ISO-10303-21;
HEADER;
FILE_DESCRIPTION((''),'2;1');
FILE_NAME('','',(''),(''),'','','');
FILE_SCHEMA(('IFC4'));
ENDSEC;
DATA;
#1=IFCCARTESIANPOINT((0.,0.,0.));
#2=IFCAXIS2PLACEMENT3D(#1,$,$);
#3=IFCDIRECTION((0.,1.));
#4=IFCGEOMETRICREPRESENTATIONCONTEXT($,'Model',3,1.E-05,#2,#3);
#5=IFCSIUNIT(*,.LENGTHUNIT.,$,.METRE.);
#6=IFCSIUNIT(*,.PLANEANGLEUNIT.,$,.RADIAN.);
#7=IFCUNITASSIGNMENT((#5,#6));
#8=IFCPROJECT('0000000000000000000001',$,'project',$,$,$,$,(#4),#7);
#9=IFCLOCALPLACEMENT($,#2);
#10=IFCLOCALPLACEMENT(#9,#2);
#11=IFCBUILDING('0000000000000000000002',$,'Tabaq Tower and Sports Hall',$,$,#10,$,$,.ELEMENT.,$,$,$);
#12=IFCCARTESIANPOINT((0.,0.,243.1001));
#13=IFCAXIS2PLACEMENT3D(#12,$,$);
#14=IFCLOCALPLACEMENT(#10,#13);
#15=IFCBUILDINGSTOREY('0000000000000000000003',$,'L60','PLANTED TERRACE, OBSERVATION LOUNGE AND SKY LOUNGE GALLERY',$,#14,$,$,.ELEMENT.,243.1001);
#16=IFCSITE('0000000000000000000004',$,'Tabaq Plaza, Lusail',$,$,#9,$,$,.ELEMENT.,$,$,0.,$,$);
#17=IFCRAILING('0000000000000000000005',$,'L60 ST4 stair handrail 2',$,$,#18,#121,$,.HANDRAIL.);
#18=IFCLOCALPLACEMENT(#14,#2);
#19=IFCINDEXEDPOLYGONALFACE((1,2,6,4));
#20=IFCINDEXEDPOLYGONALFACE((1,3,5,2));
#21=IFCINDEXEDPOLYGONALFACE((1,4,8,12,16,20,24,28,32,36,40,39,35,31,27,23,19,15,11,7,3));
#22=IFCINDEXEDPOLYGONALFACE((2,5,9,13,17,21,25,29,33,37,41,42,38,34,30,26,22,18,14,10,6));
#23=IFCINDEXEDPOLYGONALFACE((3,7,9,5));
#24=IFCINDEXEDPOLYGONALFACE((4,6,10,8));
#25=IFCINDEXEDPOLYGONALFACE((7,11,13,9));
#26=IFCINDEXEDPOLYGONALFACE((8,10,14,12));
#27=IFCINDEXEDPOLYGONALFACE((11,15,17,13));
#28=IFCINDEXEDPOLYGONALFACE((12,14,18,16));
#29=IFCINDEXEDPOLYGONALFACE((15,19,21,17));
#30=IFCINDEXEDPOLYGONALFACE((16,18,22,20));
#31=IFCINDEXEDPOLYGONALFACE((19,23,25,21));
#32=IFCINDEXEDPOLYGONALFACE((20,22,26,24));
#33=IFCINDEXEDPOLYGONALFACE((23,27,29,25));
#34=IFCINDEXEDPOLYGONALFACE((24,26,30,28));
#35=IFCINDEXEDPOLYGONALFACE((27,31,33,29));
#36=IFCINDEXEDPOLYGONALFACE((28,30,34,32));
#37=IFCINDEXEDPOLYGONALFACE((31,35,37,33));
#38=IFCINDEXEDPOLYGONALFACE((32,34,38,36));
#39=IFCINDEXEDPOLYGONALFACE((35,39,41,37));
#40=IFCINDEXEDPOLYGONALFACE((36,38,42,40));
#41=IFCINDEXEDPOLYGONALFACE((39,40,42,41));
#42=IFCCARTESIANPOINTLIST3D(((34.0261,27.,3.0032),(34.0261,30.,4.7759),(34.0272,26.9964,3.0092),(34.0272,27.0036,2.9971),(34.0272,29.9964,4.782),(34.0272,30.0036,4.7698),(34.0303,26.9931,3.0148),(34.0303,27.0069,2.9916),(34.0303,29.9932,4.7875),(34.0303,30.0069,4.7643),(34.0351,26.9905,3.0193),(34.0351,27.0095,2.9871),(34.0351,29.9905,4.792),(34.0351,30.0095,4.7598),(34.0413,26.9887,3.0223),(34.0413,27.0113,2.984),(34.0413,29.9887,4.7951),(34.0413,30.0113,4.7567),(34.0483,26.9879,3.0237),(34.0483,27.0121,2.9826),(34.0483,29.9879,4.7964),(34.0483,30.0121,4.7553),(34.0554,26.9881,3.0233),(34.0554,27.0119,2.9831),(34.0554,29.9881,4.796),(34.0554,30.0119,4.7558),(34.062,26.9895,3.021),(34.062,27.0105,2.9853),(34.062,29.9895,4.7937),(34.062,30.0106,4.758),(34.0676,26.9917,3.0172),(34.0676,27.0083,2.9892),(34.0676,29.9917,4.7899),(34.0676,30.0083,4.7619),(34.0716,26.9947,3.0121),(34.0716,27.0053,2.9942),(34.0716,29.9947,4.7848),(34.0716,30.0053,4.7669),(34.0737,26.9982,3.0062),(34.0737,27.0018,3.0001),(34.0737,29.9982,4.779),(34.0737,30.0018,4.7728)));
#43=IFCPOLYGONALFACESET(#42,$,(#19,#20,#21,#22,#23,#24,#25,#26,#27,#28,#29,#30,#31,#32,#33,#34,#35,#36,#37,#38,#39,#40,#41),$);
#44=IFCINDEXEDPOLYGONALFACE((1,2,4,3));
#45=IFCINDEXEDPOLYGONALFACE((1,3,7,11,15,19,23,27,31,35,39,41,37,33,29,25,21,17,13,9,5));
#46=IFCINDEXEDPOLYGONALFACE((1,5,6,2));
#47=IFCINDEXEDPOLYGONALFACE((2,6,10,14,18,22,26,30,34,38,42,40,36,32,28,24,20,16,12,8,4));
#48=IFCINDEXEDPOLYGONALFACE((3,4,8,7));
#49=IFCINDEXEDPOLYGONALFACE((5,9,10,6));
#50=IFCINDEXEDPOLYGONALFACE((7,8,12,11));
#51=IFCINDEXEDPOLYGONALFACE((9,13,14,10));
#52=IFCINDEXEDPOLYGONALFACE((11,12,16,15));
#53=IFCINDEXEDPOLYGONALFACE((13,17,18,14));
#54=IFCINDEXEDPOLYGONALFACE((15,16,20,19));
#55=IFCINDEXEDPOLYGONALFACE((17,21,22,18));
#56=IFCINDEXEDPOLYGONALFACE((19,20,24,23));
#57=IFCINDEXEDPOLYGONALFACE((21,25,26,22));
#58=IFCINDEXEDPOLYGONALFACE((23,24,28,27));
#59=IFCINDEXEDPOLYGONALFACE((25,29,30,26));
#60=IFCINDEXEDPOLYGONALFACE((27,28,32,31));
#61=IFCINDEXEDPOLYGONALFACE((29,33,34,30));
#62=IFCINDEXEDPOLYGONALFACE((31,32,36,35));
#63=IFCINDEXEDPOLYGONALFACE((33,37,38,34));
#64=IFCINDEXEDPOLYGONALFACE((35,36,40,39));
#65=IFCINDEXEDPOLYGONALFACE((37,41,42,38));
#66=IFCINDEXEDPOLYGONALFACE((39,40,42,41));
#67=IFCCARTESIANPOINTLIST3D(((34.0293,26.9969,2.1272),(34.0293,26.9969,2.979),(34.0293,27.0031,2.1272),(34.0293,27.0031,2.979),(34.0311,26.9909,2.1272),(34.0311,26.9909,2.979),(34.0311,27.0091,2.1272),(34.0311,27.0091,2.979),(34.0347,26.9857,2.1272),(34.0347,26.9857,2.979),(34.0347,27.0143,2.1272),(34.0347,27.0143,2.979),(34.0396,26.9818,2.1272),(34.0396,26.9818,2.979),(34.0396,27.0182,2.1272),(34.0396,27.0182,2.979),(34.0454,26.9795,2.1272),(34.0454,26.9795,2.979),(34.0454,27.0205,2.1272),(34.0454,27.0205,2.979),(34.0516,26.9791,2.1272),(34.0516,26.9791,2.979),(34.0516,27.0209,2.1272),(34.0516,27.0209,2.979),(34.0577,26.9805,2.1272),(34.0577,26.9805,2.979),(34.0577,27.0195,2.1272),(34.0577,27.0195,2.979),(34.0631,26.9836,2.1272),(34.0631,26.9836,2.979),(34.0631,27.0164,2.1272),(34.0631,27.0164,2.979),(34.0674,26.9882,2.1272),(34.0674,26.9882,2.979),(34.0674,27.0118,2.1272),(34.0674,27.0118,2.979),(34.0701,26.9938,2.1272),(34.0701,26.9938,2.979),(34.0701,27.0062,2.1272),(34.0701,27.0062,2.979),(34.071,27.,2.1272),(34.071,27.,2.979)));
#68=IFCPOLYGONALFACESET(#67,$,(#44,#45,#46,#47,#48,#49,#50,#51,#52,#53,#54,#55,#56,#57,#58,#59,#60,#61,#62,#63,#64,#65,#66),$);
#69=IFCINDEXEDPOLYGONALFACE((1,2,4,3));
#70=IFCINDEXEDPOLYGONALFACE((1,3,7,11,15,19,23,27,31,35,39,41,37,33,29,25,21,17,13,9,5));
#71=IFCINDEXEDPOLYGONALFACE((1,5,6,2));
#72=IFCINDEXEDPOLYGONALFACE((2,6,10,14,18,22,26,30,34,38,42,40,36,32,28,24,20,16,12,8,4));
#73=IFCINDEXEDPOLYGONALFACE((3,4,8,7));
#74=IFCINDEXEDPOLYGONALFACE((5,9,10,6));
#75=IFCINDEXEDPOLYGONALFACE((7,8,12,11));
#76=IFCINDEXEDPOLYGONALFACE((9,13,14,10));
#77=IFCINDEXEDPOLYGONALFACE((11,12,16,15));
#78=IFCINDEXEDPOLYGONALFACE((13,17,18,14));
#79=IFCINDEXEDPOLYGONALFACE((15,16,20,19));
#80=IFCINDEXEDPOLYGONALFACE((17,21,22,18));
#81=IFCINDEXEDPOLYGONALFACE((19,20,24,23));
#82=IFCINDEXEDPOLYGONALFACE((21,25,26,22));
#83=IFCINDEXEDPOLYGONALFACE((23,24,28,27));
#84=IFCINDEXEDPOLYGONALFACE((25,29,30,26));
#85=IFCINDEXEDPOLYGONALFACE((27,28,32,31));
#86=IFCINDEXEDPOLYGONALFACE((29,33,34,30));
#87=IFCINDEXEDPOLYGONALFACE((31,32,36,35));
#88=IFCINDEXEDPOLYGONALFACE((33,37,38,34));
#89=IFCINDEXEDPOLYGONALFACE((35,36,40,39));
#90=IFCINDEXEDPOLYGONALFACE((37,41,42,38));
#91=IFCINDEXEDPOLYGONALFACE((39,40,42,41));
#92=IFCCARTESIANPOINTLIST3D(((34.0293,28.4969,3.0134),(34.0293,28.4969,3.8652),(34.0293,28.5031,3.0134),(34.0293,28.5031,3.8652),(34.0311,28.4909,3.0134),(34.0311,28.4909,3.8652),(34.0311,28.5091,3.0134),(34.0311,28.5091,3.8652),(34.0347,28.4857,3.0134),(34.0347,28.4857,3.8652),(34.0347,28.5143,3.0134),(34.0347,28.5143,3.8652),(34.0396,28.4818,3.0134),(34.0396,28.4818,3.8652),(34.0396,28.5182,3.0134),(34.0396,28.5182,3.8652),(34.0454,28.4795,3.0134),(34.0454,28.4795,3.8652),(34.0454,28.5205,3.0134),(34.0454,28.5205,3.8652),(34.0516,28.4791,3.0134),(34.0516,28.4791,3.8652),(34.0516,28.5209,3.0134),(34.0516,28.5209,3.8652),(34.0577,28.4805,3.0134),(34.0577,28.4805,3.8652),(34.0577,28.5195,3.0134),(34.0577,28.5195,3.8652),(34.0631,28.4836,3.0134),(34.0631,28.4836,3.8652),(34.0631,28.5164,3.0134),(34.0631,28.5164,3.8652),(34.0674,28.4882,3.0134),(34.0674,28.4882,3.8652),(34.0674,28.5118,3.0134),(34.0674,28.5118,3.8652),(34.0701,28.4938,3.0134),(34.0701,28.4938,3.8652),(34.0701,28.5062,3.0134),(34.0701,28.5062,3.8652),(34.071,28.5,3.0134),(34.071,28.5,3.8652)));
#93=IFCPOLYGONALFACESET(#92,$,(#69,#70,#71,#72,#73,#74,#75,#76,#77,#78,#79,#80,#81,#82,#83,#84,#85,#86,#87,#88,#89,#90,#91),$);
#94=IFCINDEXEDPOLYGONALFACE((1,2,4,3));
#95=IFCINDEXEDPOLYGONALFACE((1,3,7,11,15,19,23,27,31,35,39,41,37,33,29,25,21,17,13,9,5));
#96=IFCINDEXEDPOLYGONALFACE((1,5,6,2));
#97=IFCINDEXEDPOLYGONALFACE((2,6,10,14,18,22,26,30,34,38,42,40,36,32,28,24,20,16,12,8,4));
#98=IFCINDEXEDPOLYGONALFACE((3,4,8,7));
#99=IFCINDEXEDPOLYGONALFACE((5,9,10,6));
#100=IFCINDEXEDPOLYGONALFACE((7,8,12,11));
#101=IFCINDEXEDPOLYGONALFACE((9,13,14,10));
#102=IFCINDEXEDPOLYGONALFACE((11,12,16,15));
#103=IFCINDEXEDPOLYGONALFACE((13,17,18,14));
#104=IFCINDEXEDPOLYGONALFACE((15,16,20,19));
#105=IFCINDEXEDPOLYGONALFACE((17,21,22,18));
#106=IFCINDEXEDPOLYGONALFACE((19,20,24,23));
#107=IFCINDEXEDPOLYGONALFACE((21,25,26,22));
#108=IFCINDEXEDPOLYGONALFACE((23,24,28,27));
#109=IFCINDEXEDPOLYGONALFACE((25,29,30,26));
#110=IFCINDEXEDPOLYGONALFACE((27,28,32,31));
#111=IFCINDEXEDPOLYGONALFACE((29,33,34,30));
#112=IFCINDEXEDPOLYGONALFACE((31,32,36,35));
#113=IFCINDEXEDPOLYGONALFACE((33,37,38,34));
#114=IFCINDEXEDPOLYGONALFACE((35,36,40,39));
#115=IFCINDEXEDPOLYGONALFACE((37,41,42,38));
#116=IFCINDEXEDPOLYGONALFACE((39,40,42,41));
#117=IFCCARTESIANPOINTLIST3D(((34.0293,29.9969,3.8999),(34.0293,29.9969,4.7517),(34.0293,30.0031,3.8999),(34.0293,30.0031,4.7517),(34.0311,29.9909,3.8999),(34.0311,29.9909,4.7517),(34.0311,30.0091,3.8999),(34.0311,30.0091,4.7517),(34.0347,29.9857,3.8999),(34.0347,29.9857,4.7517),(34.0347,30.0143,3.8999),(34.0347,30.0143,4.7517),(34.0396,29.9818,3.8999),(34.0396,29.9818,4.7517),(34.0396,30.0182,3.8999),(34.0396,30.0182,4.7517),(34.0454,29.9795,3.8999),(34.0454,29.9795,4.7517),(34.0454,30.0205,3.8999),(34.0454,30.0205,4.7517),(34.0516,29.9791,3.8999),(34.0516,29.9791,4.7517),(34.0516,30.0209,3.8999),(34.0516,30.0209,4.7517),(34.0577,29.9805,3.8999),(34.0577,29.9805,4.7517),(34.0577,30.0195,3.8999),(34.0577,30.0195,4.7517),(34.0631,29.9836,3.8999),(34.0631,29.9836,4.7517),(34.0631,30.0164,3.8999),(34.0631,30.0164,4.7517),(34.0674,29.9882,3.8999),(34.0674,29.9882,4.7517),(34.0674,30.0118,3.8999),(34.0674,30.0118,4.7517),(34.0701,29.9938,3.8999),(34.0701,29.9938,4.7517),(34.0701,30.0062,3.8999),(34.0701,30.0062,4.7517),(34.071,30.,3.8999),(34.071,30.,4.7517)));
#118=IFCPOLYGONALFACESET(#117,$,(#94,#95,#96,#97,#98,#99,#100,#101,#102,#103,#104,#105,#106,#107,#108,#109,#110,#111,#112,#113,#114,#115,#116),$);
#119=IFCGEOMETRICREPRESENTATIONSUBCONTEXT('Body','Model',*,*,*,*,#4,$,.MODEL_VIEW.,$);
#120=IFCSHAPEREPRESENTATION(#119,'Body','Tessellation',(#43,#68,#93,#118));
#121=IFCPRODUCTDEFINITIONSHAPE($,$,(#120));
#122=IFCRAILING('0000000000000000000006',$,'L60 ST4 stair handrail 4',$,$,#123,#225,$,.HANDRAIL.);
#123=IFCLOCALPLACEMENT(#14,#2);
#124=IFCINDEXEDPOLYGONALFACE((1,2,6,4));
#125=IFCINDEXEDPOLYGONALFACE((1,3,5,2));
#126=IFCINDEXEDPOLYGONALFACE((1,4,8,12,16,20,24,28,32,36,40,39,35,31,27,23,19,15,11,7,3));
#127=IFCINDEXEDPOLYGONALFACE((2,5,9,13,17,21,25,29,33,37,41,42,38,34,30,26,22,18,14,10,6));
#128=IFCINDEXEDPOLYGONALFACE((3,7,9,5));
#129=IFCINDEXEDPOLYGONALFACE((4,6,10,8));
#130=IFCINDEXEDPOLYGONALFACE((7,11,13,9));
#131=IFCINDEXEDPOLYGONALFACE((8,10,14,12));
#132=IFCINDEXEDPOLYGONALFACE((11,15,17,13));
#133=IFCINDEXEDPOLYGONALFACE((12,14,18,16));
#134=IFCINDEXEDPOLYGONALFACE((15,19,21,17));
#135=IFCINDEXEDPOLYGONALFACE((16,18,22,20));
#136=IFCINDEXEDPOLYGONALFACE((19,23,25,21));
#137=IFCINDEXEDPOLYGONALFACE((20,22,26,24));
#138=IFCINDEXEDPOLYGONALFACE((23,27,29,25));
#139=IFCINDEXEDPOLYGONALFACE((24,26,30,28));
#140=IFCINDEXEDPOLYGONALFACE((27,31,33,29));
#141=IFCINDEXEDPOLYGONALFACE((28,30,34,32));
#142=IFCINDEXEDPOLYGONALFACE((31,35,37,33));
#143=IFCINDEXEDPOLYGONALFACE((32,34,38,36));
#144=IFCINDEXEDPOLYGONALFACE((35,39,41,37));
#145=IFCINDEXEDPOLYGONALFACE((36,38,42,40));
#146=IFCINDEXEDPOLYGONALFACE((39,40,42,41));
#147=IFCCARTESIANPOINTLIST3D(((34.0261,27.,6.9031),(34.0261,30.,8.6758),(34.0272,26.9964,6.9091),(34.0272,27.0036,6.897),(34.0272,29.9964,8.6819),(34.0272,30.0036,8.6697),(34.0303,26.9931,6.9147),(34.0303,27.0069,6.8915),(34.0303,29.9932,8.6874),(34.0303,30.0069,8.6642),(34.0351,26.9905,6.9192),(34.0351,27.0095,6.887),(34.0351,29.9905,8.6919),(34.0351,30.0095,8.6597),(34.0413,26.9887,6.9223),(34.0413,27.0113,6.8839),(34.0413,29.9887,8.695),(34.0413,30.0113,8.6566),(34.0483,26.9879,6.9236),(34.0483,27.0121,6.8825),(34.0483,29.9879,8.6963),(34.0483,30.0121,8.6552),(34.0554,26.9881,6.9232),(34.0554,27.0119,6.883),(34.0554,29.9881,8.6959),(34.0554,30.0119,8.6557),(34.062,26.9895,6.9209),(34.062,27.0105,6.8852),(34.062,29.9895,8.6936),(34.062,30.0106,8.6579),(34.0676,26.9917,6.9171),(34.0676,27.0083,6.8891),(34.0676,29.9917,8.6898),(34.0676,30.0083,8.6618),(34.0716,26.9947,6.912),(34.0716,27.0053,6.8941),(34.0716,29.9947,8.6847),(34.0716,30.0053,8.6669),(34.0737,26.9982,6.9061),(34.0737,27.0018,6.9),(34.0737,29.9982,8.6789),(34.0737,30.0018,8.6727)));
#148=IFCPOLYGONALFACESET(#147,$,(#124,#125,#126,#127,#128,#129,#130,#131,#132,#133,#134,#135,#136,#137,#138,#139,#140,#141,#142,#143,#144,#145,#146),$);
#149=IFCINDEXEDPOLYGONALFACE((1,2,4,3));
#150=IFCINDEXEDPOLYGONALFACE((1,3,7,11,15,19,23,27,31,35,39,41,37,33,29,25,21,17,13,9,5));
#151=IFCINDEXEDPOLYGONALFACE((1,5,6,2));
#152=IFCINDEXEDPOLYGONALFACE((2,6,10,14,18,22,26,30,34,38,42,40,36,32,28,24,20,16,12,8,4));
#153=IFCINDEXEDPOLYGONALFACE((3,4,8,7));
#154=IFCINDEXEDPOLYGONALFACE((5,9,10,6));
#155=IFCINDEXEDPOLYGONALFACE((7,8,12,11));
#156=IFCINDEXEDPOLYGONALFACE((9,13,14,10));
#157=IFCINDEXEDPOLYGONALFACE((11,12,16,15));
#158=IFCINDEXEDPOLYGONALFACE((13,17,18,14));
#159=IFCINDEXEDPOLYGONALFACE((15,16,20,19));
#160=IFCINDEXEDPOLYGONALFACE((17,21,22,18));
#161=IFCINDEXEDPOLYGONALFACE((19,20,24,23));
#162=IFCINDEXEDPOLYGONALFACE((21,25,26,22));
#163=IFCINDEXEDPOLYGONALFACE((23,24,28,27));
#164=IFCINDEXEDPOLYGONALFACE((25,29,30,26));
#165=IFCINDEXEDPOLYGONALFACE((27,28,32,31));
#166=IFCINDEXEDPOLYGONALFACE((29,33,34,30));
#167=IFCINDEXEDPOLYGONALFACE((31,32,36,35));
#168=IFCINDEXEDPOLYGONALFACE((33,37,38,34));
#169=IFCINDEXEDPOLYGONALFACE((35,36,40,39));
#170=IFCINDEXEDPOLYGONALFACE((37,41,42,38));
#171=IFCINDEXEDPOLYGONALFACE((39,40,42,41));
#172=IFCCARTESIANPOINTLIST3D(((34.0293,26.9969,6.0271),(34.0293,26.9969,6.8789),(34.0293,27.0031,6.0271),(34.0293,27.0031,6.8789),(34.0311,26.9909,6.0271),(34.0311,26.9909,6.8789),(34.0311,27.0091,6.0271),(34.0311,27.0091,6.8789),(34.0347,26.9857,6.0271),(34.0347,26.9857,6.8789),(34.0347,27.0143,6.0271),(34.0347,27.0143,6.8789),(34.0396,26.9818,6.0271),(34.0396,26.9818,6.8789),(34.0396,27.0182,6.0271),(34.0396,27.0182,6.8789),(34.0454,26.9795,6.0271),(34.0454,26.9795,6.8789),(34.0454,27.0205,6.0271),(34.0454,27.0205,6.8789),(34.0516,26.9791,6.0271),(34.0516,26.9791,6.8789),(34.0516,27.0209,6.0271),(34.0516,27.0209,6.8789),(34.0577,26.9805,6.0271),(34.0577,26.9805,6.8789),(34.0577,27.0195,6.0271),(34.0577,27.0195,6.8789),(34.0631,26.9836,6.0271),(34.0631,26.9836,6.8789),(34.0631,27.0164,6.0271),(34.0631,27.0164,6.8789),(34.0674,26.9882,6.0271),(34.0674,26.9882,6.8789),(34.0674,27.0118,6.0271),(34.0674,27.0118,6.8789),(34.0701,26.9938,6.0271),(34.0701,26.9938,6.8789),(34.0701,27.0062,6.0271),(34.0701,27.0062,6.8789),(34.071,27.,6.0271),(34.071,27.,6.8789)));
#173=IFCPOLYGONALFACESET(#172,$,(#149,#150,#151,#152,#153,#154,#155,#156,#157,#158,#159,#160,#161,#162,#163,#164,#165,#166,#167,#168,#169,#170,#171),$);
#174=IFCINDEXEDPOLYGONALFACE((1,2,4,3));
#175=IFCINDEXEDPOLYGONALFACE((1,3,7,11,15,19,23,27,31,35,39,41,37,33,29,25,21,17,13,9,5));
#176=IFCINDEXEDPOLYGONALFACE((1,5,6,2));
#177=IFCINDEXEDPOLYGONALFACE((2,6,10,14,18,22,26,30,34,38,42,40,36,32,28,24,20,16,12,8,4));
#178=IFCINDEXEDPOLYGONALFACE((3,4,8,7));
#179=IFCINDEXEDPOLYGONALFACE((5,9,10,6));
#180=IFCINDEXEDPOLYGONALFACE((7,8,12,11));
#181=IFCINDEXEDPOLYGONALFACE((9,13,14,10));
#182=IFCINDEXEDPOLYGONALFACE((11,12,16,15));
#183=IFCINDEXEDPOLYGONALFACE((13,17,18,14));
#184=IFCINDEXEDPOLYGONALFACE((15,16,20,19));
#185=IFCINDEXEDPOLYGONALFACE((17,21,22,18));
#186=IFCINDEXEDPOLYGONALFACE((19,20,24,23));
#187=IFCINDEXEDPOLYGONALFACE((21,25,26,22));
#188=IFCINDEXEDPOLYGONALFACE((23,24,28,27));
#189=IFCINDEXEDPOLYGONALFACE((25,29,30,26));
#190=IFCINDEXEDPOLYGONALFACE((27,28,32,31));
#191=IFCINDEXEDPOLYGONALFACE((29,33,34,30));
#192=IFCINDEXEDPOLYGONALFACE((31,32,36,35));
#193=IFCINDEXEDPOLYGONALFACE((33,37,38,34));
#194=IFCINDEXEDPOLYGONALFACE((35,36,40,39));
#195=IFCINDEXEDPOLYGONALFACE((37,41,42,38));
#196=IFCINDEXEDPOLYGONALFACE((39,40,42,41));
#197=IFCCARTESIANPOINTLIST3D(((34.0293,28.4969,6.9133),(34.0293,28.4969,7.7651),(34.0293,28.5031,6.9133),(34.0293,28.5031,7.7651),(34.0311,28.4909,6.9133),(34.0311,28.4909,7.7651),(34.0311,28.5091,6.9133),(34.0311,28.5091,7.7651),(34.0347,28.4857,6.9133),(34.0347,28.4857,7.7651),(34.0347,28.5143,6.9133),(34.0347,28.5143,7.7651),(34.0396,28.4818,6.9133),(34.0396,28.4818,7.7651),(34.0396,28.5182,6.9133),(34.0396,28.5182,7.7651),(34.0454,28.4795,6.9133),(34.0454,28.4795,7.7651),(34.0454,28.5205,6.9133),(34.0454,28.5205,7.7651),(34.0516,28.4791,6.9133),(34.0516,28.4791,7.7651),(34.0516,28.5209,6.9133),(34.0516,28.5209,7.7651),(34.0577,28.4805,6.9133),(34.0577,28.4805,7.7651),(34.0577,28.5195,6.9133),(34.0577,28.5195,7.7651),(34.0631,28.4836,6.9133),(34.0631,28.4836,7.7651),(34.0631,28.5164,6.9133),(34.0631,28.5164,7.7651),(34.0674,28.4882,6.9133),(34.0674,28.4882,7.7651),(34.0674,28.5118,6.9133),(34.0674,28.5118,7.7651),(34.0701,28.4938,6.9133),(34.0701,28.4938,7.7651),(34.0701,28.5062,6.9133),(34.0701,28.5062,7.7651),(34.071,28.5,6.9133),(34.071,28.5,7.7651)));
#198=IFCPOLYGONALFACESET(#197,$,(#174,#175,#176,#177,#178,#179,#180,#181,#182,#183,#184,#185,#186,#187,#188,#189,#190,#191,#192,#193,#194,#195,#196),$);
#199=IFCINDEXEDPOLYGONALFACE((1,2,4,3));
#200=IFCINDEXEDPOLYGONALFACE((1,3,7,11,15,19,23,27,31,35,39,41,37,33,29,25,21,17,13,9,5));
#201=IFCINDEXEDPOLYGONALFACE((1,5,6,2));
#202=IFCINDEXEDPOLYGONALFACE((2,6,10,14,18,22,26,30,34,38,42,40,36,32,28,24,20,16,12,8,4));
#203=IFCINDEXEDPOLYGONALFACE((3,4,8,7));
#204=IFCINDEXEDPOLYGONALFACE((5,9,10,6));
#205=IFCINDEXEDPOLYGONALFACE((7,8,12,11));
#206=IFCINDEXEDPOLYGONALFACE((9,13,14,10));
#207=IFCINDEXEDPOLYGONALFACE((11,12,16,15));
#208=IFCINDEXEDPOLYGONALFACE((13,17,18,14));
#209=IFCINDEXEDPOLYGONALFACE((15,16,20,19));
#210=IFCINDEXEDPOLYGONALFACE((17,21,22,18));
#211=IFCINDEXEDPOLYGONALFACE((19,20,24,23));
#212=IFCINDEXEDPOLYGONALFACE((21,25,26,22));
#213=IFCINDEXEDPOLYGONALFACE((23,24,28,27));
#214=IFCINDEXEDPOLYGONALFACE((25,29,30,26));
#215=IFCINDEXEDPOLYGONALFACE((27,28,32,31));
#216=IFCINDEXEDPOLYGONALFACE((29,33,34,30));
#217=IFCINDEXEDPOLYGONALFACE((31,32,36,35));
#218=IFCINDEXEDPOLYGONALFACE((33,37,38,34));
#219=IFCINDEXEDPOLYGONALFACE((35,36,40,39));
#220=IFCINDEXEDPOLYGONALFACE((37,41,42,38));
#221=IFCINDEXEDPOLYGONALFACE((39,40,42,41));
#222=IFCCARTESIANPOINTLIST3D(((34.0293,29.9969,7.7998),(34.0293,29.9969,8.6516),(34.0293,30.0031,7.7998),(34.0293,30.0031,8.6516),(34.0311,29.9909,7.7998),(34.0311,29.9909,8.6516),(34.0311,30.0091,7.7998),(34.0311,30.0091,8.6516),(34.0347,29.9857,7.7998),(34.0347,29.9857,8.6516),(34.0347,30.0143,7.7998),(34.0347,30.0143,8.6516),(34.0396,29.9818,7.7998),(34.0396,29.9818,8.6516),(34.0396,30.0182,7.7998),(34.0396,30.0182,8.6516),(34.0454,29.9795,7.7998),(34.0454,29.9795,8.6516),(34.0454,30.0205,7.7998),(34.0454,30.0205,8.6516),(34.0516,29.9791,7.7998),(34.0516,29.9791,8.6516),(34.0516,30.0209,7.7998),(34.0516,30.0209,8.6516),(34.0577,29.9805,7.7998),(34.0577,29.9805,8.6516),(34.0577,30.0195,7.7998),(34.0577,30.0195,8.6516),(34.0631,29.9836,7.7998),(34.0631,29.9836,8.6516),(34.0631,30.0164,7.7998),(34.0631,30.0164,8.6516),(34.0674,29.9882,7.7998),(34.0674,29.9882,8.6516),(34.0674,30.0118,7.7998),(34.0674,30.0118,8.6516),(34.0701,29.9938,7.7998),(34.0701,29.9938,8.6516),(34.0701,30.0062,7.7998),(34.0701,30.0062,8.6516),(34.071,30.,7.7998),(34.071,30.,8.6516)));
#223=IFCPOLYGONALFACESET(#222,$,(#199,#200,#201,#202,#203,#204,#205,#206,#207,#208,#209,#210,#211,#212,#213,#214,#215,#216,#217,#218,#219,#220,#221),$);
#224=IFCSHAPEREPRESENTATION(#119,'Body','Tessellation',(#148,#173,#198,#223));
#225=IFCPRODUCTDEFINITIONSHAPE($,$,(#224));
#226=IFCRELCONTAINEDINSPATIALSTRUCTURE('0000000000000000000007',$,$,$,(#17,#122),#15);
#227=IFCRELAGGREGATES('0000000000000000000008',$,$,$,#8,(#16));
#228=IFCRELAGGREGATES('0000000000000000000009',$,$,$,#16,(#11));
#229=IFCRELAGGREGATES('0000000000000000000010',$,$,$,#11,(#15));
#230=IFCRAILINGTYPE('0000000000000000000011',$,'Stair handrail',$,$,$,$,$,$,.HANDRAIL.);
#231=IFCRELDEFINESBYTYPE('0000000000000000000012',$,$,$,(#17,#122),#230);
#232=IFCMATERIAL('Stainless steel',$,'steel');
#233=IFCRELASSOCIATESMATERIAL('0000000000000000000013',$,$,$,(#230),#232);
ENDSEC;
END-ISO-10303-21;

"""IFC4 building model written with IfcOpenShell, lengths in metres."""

from ifc_helpers import new_model, si_unit, direction, frame, origin, origin_2d, place, context, subcontext, project, spatial, circle, extrude, material, type_object, element, save


model = new_model("IFC4")

# Units and contexts
model_context = context("Model", 3, precision=1e-05, world=origin(), true_north=direction((0.0, 1.0)))
body_context = subcontext(model_context, "Body", "Model", "MODEL_VIEW")
ifc_project = project(units=[si_unit("LENGTHUNIT", "METRE"), si_unit("PLANEANGLEUNIT", "RADIAN")], contexts=[model_context])

# Site, building, storey
site_placement = place(None, origin())
site = spatial("IfcSite", under=ifc_project, at=site_placement, Name="Tabaq Plaza, Lusail", CompositionType="ELEMENT", RefElevation=0.0)
building_placement = place(site_placement, origin())
building = spatial("IfcBuilding", under=site, at=building_placement, Name="Tabaq Tower and Sports Hall", CompositionType="ELEMENT")
storey_placement = place(building_placement, frame((0.0, 0.0, 243.1001)))
storey = spatial("IfcBuildingStorey", under=building, at=storey_placement, Name="L60", Description="PLANTED TERRACE, OBSERVATION LOUNGE AND SKY LOUNGE GALLERY", CompositionType="ELEMENT", Elevation=243.1001)

# Railings
ifc_material_1 = material(Name="Stainless steel", Category="steel")
railing_type_1 = type_object("IfcRailingType", Name="Stair handrail", PredefinedType="HANDRAIL", material=ifc_material_1)
for number, where, name in (
    (1, (34.05, 27.0, 2.1272), "L60 ST4 stair handrail 2"),
    (2, (34.05, 27.0, 6.0271), "L60 ST4 stair handrail 4"),
):
    element("IfcRailing", number, at=place(storey_placement, frame(where)), inside=storey, type_object=railing_type_1, Name=name, PredefinedType="HANDRAIL", context=body_context, shape_type="SweptSolid", body=[
        extrude(circle(Radius=0.0239, at=origin_2d()), frame((0.0, 0.0, 0.876), z_axis=(0.0, 0.860929, 0.508725), x_axis=(-1.0, 0.0, 0.0)), (0.0, 0.0, 1.0), 3.4846),
        extrude(circle(Radius=0.021, at=origin_2d()), origin(), (0.0, 0.0, 1.0), 0.8518),
        extrude(circle(Radius=0.021, at=origin_2d()), frame((0.0, 1.5, 0.8862)), (0.0, 0.0, 1.0), 0.8518),
        extrude(circle(Radius=0.021, at=origin_2d()), frame((0.0, 3.0, 1.7727)), (0.0, 0.0, 1.0), 0.8518),
    ])

save(model, "model.ifc")
